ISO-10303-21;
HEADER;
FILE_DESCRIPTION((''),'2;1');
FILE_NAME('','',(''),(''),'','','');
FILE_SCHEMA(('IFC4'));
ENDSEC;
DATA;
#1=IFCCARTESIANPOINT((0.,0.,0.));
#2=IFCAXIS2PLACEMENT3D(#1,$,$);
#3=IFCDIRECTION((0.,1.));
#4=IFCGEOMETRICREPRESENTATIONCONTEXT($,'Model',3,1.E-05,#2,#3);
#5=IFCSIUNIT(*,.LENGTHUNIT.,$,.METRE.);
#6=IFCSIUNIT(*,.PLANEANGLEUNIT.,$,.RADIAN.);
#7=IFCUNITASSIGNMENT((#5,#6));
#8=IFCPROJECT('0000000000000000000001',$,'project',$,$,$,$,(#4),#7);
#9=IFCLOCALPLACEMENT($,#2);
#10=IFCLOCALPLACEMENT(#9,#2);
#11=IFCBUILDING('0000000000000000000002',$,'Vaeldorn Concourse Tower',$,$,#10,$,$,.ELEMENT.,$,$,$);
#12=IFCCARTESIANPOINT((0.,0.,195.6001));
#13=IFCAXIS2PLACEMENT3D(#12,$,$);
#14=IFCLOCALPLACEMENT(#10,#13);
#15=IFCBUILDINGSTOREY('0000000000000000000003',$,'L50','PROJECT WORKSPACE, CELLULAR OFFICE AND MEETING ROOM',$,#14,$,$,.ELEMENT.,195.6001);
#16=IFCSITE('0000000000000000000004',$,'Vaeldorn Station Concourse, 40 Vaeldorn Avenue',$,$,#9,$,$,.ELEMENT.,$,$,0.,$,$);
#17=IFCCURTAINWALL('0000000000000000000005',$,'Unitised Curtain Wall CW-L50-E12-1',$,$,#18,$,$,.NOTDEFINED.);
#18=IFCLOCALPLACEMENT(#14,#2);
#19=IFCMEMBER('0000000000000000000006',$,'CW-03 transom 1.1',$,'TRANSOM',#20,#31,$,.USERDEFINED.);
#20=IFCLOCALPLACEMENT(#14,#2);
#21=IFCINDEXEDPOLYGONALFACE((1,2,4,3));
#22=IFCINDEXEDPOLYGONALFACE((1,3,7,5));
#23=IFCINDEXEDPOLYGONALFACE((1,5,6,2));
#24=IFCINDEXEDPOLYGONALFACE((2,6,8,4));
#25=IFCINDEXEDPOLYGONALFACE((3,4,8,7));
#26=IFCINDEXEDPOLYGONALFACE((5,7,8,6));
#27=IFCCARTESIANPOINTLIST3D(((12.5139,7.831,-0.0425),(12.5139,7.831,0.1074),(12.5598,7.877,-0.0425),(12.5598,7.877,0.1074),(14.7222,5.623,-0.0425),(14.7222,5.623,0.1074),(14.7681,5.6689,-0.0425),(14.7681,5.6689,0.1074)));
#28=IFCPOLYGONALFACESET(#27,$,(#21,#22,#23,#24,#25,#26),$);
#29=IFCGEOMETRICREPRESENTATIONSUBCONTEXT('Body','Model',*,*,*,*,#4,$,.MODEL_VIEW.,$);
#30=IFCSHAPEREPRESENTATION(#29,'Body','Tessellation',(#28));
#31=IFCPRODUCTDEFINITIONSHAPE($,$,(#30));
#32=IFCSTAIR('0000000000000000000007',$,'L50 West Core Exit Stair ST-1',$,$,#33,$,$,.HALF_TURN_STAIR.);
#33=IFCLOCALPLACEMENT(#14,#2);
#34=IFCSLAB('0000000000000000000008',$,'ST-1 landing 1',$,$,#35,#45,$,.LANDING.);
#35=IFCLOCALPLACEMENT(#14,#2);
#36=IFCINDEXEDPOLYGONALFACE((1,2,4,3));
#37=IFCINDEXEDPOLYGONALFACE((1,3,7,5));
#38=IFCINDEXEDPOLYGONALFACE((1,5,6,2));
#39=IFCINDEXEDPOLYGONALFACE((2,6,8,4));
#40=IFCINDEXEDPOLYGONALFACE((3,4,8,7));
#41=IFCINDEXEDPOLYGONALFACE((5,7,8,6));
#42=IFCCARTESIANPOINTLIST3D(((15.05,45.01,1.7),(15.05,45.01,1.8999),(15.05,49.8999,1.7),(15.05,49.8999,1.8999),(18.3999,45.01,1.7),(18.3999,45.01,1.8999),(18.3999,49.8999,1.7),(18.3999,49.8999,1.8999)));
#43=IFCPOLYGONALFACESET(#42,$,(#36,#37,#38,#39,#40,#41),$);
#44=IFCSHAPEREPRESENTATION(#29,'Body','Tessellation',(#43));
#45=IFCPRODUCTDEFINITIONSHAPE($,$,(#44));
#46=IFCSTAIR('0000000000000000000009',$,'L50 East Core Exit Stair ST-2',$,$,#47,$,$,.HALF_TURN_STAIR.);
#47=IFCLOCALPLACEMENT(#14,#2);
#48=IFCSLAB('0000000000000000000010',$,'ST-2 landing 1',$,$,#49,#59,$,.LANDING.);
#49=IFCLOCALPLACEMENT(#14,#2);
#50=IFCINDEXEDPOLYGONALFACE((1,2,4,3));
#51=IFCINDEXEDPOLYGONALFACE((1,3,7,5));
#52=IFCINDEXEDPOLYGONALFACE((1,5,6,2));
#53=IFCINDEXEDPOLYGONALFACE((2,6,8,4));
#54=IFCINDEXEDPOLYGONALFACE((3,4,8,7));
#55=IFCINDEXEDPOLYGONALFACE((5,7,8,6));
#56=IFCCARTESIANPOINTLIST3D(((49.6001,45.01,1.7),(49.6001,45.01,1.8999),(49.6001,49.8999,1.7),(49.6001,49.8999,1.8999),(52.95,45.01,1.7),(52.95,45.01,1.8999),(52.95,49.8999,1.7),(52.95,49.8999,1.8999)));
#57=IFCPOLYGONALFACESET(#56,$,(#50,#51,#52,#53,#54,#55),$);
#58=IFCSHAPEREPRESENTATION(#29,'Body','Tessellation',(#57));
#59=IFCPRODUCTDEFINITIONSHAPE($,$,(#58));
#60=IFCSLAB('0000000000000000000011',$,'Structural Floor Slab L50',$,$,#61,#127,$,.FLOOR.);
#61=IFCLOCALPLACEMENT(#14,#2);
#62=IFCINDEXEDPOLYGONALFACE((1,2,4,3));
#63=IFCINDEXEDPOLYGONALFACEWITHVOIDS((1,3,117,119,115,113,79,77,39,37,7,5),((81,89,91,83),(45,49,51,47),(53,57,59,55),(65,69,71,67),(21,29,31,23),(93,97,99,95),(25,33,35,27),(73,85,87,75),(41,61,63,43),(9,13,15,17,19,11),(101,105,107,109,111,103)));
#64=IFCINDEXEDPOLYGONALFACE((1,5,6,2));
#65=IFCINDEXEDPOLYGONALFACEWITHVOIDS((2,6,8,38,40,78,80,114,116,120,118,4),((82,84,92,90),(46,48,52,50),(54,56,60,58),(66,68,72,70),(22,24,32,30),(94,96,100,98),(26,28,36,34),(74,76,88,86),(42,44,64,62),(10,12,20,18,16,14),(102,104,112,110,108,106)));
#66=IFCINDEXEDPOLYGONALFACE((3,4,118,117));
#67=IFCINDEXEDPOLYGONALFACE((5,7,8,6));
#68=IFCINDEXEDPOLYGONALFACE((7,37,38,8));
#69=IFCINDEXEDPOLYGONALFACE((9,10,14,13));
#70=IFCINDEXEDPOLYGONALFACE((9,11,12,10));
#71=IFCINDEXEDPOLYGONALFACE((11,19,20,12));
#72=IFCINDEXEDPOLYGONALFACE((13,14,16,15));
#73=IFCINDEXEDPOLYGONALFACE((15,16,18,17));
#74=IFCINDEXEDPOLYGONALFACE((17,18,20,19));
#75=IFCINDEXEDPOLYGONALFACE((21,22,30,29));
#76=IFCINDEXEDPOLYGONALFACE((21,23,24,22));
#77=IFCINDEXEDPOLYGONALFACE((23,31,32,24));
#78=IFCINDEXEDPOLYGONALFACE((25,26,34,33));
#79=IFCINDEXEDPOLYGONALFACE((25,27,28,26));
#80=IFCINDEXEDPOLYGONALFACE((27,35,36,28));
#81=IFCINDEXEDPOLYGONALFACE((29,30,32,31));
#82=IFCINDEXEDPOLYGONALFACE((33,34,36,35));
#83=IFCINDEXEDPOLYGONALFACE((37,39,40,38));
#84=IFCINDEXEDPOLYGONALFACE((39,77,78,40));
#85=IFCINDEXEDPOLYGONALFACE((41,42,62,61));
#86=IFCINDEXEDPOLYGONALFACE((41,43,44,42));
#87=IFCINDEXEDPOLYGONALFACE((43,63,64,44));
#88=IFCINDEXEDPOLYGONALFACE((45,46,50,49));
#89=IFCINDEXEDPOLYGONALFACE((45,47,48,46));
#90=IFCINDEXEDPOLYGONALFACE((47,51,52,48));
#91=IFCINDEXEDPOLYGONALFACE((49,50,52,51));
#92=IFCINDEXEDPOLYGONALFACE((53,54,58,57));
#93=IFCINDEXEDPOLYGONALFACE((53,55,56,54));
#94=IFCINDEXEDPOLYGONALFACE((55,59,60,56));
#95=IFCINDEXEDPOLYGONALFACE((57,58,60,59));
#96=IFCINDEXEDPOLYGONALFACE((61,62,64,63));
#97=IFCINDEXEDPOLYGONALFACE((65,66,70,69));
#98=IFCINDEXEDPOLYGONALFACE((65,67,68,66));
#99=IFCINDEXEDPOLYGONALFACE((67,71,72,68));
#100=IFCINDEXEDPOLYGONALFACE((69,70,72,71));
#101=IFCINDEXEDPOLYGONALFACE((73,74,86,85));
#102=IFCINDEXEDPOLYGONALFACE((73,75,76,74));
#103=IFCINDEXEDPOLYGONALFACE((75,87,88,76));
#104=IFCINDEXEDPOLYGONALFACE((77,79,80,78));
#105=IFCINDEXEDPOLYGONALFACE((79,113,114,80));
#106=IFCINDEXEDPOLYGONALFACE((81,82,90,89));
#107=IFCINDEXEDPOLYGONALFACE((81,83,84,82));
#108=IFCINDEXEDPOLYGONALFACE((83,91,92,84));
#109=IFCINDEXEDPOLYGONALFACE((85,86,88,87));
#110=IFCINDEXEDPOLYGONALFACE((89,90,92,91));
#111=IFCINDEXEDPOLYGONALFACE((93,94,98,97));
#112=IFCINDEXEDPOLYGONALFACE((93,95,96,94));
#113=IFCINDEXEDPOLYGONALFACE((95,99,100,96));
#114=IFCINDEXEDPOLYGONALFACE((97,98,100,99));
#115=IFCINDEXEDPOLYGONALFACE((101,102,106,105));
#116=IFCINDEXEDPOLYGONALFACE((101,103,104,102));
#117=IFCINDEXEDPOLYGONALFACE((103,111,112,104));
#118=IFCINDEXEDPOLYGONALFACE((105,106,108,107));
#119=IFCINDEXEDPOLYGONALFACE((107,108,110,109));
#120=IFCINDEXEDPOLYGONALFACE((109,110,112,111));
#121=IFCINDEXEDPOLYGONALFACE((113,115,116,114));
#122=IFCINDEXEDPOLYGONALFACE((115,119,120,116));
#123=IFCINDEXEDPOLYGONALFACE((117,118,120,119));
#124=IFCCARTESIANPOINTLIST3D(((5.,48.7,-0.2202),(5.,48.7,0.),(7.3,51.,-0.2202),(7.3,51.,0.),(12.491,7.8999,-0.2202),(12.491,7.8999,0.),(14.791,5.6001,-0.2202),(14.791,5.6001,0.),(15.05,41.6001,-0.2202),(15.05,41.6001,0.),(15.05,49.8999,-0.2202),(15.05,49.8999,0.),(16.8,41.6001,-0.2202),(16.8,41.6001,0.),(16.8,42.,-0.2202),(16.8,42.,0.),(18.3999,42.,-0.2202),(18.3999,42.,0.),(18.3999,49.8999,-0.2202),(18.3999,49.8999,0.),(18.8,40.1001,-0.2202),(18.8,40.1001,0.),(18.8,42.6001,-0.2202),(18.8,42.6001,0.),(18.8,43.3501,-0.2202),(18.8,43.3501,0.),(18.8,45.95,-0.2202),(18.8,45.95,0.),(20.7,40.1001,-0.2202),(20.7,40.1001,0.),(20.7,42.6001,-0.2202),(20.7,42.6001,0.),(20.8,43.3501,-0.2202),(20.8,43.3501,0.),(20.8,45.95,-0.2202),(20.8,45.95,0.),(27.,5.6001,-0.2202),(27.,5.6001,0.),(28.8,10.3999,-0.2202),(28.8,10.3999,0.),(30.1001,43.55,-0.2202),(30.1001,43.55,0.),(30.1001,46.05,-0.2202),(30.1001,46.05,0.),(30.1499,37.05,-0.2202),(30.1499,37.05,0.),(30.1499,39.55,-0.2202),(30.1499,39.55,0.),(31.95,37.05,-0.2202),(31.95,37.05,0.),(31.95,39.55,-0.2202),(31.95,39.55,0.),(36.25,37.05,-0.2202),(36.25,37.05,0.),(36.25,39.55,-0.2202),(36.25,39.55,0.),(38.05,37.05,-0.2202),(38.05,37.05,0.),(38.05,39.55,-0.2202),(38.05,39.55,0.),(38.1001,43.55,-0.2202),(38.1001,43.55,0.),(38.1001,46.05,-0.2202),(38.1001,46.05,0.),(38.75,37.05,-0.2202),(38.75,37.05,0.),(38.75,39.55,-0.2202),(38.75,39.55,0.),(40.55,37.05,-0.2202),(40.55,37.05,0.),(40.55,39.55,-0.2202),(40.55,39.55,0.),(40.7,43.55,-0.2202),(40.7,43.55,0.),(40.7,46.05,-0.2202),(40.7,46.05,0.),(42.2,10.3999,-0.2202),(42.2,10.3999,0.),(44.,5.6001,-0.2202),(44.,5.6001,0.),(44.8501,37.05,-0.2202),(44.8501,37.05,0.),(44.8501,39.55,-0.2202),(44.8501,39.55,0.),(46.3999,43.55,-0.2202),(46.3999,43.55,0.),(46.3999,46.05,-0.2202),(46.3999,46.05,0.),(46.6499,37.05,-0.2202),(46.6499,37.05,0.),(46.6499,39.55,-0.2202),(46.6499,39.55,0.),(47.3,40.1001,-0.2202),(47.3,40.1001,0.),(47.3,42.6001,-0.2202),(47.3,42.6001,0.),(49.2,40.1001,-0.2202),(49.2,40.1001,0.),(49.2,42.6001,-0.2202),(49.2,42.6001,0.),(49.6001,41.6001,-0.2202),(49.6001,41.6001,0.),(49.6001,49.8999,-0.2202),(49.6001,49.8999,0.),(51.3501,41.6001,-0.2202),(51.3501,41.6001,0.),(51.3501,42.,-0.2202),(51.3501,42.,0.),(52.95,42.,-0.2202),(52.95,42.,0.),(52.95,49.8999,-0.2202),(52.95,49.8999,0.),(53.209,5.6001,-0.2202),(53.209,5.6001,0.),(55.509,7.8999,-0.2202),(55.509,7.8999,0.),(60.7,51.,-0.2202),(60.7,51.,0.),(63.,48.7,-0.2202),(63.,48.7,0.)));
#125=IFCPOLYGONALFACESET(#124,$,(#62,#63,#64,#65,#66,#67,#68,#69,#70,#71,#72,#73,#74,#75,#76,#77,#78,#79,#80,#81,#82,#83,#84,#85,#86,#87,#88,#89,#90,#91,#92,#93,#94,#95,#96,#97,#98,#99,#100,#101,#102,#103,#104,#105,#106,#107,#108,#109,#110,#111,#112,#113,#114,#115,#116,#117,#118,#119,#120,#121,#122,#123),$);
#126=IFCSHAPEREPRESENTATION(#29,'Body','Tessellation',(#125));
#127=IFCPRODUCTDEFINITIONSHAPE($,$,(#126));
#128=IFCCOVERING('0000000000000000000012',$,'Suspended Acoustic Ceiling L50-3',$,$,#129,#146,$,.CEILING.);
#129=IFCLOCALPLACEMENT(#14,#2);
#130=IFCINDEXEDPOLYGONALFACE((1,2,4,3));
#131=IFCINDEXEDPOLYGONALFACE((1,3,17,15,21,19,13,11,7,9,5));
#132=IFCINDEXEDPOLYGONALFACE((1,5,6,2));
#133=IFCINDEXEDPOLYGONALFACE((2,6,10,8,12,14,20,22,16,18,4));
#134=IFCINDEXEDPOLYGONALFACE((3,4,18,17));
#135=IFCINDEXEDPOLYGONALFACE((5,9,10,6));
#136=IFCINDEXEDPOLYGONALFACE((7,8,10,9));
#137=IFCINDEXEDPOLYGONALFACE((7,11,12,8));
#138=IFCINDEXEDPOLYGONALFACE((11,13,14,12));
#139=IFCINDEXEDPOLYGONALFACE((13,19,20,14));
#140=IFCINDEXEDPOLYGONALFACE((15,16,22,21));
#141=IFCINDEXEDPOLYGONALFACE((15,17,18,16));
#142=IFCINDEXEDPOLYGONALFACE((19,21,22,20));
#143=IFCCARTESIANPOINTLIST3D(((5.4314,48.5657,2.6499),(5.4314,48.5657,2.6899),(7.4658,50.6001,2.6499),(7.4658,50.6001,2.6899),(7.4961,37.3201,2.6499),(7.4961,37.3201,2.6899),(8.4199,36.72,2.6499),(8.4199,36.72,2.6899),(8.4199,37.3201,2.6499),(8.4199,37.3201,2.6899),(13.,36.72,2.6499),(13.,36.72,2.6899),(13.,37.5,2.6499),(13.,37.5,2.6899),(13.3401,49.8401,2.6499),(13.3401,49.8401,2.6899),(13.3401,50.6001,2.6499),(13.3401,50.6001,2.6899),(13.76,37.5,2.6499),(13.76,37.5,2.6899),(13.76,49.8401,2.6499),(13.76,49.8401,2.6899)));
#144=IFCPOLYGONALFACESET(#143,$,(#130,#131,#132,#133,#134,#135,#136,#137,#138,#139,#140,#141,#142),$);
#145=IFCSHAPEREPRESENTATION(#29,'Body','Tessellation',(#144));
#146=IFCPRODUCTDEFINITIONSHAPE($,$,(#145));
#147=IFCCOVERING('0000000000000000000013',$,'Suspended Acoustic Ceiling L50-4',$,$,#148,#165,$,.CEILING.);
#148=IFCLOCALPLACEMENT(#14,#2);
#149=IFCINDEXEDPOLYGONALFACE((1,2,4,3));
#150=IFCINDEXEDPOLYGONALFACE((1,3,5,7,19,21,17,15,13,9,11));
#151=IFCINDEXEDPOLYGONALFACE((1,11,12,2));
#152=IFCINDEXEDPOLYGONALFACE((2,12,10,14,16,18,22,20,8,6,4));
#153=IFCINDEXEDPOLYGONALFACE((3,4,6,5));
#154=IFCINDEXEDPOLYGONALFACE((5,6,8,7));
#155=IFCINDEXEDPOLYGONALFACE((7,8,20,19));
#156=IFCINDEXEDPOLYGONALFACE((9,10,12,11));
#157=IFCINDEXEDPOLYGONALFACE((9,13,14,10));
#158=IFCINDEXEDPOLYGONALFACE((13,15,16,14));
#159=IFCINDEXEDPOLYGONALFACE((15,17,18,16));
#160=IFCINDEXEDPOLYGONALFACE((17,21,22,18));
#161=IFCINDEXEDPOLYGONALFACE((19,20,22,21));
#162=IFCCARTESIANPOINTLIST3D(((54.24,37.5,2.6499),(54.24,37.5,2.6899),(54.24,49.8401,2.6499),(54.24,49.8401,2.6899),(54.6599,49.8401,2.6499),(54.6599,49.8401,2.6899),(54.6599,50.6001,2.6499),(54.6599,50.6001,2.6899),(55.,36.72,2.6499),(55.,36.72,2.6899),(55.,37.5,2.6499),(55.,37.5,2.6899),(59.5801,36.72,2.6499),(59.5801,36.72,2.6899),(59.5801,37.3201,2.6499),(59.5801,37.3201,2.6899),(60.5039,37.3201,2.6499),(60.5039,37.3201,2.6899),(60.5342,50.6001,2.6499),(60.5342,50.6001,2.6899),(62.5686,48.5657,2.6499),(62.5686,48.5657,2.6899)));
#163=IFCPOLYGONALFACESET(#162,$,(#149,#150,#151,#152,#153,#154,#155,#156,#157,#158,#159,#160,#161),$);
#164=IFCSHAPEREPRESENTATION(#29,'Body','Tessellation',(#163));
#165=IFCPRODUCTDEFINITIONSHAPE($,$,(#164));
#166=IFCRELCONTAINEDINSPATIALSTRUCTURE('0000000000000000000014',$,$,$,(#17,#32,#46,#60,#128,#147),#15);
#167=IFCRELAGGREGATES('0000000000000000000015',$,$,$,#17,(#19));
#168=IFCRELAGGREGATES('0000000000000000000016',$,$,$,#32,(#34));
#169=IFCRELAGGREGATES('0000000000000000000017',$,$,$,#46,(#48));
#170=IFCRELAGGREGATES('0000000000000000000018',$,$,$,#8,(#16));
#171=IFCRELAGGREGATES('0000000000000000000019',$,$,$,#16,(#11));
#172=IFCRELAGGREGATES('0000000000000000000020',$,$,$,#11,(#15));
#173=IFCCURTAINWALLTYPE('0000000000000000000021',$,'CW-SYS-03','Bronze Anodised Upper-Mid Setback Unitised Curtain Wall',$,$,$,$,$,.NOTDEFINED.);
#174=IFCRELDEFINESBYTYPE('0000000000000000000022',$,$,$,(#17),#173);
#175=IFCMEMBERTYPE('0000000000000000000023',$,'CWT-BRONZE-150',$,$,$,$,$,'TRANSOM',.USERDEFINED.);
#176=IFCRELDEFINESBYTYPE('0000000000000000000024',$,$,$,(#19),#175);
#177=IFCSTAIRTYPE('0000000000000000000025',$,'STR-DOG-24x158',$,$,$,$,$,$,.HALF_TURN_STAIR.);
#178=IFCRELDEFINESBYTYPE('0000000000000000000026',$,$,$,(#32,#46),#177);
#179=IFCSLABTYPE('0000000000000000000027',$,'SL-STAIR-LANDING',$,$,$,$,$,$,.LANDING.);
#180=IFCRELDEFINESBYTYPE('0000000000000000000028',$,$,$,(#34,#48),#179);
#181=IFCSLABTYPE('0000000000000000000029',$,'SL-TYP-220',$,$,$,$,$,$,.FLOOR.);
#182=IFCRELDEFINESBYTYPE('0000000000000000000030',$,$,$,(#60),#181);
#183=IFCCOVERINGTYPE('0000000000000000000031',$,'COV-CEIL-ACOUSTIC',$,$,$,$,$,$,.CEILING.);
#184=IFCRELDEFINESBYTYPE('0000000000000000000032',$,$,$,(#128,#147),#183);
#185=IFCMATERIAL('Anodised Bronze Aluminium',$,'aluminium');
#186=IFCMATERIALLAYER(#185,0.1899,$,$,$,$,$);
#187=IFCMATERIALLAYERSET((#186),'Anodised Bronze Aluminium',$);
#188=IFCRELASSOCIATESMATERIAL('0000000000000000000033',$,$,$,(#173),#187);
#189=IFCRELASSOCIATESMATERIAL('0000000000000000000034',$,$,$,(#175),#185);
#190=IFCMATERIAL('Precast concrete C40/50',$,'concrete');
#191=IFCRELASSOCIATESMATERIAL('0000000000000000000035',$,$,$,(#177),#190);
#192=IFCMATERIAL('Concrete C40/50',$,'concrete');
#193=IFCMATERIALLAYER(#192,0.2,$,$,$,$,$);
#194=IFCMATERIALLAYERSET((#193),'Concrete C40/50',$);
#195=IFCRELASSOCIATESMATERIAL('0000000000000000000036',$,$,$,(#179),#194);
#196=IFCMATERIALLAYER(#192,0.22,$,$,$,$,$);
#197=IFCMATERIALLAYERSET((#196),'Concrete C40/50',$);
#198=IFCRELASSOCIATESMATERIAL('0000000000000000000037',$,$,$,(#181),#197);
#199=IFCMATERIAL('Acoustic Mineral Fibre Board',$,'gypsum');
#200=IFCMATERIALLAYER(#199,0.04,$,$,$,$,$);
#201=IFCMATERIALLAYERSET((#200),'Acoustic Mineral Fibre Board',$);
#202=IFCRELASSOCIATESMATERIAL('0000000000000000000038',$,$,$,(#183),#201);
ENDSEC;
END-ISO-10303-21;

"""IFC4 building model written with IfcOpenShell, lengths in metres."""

from ifc_helpers import new_model, si_unit, direction, frame, origin, origin_2d, place, context, subcontext, project, spatial, polyline, rectangle, outline, extrude, source, transform, mapped, material, layer, layer_set, material_profile, profile_set, type_object, element, aggregate, save


model = new_model("IFC4")

# Units and contexts
model_context = context("Model", 3, precision=1e-05, world=origin(), true_north=direction((0.0, 1.0)))
body_context = subcontext(model_context, "Body", "Model", "MODEL_VIEW")
ifc_project = project(units=[si_unit("LENGTHUNIT", "METRE"), si_unit("PLANEANGLEUNIT", "RADIAN")], contexts=[model_context])

# Site, building, storey
site_placement = place(None, origin())
site = spatial("IfcSite", under=ifc_project, at=site_placement, Name="Vaeldorn Station Concourse, 40 Vaeldorn Avenue", CompositionType="ELEMENT", RefElevation=0.0)
building_placement = place(site_placement, origin())
building = spatial("IfcBuilding", under=site, at=building_placement, Name="Vaeldorn Concourse Tower", CompositionType="ELEMENT")
storey_placement = place(building_placement, frame((0.0, 0.0, 195.6001)))
storey = spatial("IfcBuildingStorey", under=building, at=storey_placement, Name="L50", Description="PROJECT WORKSPACE, CELLULAR OFFICE AND MEETING ROOM", CompositionType="ELEMENT", Elevation=195.6001)

# Curtain wall, member
ifc_material_1 = material(Name="Anodised Bronze Aluminium", Category="aluminium")
ifc_layer_1 = layer(ifc_material_1, 0.1899)
ifc_layer_set_1 = layer_set([ifc_layer_1], Name="Anodised Bronze Aluminium")
curtain_wall_type = type_object("IfcCurtainWallType", Name="CW-SYS-03", Description="Bronze Anodised Upper-Mid Setback Unitised Curtain Wall", PredefinedType="NOTDEFINED", material=ifc_layer_set_1)
curtain_wall_placement = place(storey_placement, origin())
curtain_wall = element("IfcCurtainWall", 1, at=curtain_wall_placement, inside=storey, type_object=curtain_wall_type, Name="Unitised Curtain Wall CW-L50-E12-1", PredefinedType="NOTDEFINED")
ifc_material_profile = material_profile(ifc_material_1, rectangle(XDim=0.0649, YDim=0.1499, at=origin_2d()), Name="CWT 65x150")
ifc_profile_set = profile_set([ifc_material_profile], Name="Anodised Bronze Aluminium")
member_type = type_object("IfcMemberType", Name="CWT-BRONZE-150", ElementType="TRANSOM", PredefinedType="USERDEFINED", material=ifc_profile_set)
shared_shape = source(origin(), body_context, "Body", "SweptSolid", [
    extrude(rectangle(XDim=0.0649, YDim=0.1499, at=origin_2d()), origin(), (0.0, 0.0, 1.0), 3.1228),
])
member_placement = place(storey_placement, frame((12.5369, 7.854, 0.0325), z_axis=(0.707146, -0.707068, 0.0), x_axis=(0.707068, 0.707146, 0.0)))
member = element("IfcMember", 2, at=member_placement, type_object=member_type, Name="CW-03 transom 1.1", ObjectType="TRANSOM", PredefinedType="USERDEFINED", context=body_context, shape_type="MappedRepresentation", body=[
    mapped(shared_shape, transform((0.0, 0.0, 0.0), scale=1.0)),
])
aggregate(curtain_wall, [member])

# Stairs, slabs
ifc_material_2 = material(Name="Precast concrete C40/50", Category="concrete")
stair_type = type_object("IfcStairType", Name="STR-DOG-24x158", PredefinedType="HALF_TURN_STAIR", material=ifc_material_2)
stair_1_placement = place(storey_placement, origin())
stair_1 = element("IfcStair", 3, at=stair_1_placement, inside=storey, type_object=stair_type, Name="L50 West Core Exit Stair ST-1", PredefinedType="HALF_TURN_STAIR")
ifc_material_3 = material(Name="Concrete C40/50", Category="concrete")
ifc_layer_2 = layer(ifc_material_3, 0.2)
ifc_layer_set_2 = layer_set([ifc_layer_2], Name="Concrete C40/50")
slab_type_1 = type_object("IfcSlabType", Name="SL-STAIR-LANDING", PredefinedType="LANDING", material=ifc_layer_set_2)
slab_1_placement = place(storey_placement, frame((0.0, 0.0, 1.7)))
slab_1 = element("IfcSlab", 4, at=slab_1_placement, type_object=slab_type_1, Name="ST-1 landing 1", PredefinedType="LANDING", context=body_context, shape_type="SweptSolid", body=[
    extrude(outline(polyline([(18.3999, 45.01), (18.3999, 49.8999), (15.05, 49.8999), (15.05, 45.01), (18.3999, 45.01)])), origin(), (0.0, 0.0, 1.0), 0.2),
])
aggregate(stair_1, [slab_1])
stair_2_placement = place(storey_placement, origin())
stair_2 = element("IfcStair", 5, at=stair_2_placement, inside=storey, type_object=stair_type, Name="L50 East Core Exit Stair ST-2", PredefinedType="HALF_TURN_STAIR")
slab_2_placement = place(storey_placement, frame((0.0, 0.0, 1.7)))
slab_2 = element("IfcSlab", 6, at=slab_2_placement, type_object=slab_type_1, Name="ST-2 landing 1", PredefinedType="LANDING", context=body_context, shape_type="SweptSolid", body=[
    extrude(outline(polyline([(52.95, 45.01), (52.95, 49.8999), (49.6001, 49.8999), (49.6001, 45.01), (52.95, 45.01)])), origin(), (0.0, 0.0, 1.0), 0.2),
])
aggregate(stair_2, [slab_2])

# Slab
ifc_layer_3 = layer(ifc_material_3, 0.22)
ifc_layer_set_3 = layer_set([ifc_layer_3], Name="Concrete C40/50")
slab_type_2 = type_object("IfcSlabType", Name="SL-TYP-220", PredefinedType="FLOOR", material=ifc_layer_set_3)
slab_3_placement = place(storey_placement, frame((0.0, 0.0, -0.2202)))
element("IfcSlab", 7, at=slab_3_placement, inside=storey, type_object=slab_type_2, Name="Structural Floor Slab L50", PredefinedType="FLOOR", context=body_context, shape_type="SweptSolid", body=[
    extrude(outline(polyline([(14.791, 5.6001), (27.0, 5.6001), (28.8, 10.3999), (42.2, 10.3999), (44.0, 5.6001), (53.209, 5.6001), (55.509, 7.8999), (63.0, 48.7), (60.7, 51.0), (7.3, 51.0), (5.0, 48.7), (12.491, 7.8999), (14.791, 5.6001)]), holes=[polyline([(18.3999, 42.0), (18.3999, 49.8999), (15.05, 49.8999), (15.05, 41.6001), (16.8, 41.6001), (16.8, 42.0), (18.3999, 42.0)]), polyline([(52.95, 42.0), (52.95, 49.8999), (49.6001, 49.8999), (49.6001, 41.6001), (51.3501, 41.6001), (51.3501, 42.0), (52.95, 42.0)]), polyline([(30.1499, 37.05), (31.95, 37.05), (31.95, 39.55), (30.1499, 39.55), (30.1499, 37.05)]), polyline([(36.25, 37.05), (38.05, 37.05), (38.05, 39.55), (36.25, 39.55), (36.25, 37.05)]), polyline([(30.1001, 43.55), (38.1001, 43.55), (38.1001, 46.05), (30.1001, 46.05), (30.1001, 43.55)]), polyline([(38.75, 37.05), (40.55, 37.05), (40.55, 39.55), (38.75, 39.55), (38.75, 37.05)]), polyline([(44.8501, 37.05), (46.6499, 37.05), (46.6499, 39.55), (44.8501, 39.55), (44.8501, 37.05)]), polyline([(40.7, 43.55), (46.3999, 43.55), (46.3999, 46.05), (40.7, 46.05), (40.7, 43.55)]), polyline([(18.8, 43.3501), (20.8, 43.3501), (20.8, 45.95), (18.8, 45.95), (18.8, 43.3501)]), polyline([(18.8, 40.1001), (20.7, 40.1001), (20.7, 42.6001), (18.8, 42.6001), (18.8, 40.1001)]), polyline([(47.3, 40.1001), (49.2, 40.1001), (49.2, 42.6001), (47.3, 42.6001), (47.3, 40.1001)])]), origin(), (0.0, 0.0, 1.0), 0.2202),
])

# Coverings
ifc_material_4 = material(Name="Acoustic Mineral Fibre Board", Category="gypsum")
ifc_layer_4 = layer(ifc_material_4, 0.04)
ifc_layer_set_4 = layer_set([ifc_layer_4], Name="Acoustic Mineral Fibre Board")
covering_type_1 = type_object("IfcCoveringType", Name="COV-CEIL-ACOUSTIC", PredefinedType="CEILING", material=ifc_layer_set_4)
covering_1_placement = place(storey_placement, frame((0.0, 0.0, 2.6499)))
element("IfcCovering", 8, at=covering_1_placement, inside=storey, type_object=covering_type_1, Name="Suspended Acoustic Ceiling L50-3", PredefinedType="CEILING", context=body_context, shape_type="SweptSolid", body=[
    extrude(outline(polyline([(7.4658, 50.6001), (13.3401, 50.6001), (13.3401, 49.8401), (13.76, 49.8401), (13.76, 37.5), (13.0, 37.5), (13.0, 36.72), (8.4199, 36.72), (8.4199, 37.3201), (7.4961, 37.3201), (5.4314, 48.5657), (7.4658, 50.6001)])), origin(), (0.0, 0.0, 1.0), 0.04),
])
covering_2_placement = place(storey_placement, frame((0.0, 0.0, 2.6499)))
element("IfcCovering", 9, at=covering_2_placement, inside=storey, type_object=covering_type_1, Name="Suspended Acoustic Ceiling L50-4", PredefinedType="CEILING", context=body_context, shape_type="SweptSolid", body=[
    extrude(outline(polyline([(54.6599, 49.8401), (54.6599, 50.6001), (60.5342, 50.6001), (62.5686, 48.5657), (60.5039, 37.3201), (59.5801, 37.3201), (59.5801, 36.72), (55.0, 36.72), (55.0, 37.5), (54.24, 37.5), (54.24, 49.8401), (54.6599, 49.8401)])), origin(), (0.0, 0.0, 1.0), 0.04),
])

save(model, "model.ifc")
